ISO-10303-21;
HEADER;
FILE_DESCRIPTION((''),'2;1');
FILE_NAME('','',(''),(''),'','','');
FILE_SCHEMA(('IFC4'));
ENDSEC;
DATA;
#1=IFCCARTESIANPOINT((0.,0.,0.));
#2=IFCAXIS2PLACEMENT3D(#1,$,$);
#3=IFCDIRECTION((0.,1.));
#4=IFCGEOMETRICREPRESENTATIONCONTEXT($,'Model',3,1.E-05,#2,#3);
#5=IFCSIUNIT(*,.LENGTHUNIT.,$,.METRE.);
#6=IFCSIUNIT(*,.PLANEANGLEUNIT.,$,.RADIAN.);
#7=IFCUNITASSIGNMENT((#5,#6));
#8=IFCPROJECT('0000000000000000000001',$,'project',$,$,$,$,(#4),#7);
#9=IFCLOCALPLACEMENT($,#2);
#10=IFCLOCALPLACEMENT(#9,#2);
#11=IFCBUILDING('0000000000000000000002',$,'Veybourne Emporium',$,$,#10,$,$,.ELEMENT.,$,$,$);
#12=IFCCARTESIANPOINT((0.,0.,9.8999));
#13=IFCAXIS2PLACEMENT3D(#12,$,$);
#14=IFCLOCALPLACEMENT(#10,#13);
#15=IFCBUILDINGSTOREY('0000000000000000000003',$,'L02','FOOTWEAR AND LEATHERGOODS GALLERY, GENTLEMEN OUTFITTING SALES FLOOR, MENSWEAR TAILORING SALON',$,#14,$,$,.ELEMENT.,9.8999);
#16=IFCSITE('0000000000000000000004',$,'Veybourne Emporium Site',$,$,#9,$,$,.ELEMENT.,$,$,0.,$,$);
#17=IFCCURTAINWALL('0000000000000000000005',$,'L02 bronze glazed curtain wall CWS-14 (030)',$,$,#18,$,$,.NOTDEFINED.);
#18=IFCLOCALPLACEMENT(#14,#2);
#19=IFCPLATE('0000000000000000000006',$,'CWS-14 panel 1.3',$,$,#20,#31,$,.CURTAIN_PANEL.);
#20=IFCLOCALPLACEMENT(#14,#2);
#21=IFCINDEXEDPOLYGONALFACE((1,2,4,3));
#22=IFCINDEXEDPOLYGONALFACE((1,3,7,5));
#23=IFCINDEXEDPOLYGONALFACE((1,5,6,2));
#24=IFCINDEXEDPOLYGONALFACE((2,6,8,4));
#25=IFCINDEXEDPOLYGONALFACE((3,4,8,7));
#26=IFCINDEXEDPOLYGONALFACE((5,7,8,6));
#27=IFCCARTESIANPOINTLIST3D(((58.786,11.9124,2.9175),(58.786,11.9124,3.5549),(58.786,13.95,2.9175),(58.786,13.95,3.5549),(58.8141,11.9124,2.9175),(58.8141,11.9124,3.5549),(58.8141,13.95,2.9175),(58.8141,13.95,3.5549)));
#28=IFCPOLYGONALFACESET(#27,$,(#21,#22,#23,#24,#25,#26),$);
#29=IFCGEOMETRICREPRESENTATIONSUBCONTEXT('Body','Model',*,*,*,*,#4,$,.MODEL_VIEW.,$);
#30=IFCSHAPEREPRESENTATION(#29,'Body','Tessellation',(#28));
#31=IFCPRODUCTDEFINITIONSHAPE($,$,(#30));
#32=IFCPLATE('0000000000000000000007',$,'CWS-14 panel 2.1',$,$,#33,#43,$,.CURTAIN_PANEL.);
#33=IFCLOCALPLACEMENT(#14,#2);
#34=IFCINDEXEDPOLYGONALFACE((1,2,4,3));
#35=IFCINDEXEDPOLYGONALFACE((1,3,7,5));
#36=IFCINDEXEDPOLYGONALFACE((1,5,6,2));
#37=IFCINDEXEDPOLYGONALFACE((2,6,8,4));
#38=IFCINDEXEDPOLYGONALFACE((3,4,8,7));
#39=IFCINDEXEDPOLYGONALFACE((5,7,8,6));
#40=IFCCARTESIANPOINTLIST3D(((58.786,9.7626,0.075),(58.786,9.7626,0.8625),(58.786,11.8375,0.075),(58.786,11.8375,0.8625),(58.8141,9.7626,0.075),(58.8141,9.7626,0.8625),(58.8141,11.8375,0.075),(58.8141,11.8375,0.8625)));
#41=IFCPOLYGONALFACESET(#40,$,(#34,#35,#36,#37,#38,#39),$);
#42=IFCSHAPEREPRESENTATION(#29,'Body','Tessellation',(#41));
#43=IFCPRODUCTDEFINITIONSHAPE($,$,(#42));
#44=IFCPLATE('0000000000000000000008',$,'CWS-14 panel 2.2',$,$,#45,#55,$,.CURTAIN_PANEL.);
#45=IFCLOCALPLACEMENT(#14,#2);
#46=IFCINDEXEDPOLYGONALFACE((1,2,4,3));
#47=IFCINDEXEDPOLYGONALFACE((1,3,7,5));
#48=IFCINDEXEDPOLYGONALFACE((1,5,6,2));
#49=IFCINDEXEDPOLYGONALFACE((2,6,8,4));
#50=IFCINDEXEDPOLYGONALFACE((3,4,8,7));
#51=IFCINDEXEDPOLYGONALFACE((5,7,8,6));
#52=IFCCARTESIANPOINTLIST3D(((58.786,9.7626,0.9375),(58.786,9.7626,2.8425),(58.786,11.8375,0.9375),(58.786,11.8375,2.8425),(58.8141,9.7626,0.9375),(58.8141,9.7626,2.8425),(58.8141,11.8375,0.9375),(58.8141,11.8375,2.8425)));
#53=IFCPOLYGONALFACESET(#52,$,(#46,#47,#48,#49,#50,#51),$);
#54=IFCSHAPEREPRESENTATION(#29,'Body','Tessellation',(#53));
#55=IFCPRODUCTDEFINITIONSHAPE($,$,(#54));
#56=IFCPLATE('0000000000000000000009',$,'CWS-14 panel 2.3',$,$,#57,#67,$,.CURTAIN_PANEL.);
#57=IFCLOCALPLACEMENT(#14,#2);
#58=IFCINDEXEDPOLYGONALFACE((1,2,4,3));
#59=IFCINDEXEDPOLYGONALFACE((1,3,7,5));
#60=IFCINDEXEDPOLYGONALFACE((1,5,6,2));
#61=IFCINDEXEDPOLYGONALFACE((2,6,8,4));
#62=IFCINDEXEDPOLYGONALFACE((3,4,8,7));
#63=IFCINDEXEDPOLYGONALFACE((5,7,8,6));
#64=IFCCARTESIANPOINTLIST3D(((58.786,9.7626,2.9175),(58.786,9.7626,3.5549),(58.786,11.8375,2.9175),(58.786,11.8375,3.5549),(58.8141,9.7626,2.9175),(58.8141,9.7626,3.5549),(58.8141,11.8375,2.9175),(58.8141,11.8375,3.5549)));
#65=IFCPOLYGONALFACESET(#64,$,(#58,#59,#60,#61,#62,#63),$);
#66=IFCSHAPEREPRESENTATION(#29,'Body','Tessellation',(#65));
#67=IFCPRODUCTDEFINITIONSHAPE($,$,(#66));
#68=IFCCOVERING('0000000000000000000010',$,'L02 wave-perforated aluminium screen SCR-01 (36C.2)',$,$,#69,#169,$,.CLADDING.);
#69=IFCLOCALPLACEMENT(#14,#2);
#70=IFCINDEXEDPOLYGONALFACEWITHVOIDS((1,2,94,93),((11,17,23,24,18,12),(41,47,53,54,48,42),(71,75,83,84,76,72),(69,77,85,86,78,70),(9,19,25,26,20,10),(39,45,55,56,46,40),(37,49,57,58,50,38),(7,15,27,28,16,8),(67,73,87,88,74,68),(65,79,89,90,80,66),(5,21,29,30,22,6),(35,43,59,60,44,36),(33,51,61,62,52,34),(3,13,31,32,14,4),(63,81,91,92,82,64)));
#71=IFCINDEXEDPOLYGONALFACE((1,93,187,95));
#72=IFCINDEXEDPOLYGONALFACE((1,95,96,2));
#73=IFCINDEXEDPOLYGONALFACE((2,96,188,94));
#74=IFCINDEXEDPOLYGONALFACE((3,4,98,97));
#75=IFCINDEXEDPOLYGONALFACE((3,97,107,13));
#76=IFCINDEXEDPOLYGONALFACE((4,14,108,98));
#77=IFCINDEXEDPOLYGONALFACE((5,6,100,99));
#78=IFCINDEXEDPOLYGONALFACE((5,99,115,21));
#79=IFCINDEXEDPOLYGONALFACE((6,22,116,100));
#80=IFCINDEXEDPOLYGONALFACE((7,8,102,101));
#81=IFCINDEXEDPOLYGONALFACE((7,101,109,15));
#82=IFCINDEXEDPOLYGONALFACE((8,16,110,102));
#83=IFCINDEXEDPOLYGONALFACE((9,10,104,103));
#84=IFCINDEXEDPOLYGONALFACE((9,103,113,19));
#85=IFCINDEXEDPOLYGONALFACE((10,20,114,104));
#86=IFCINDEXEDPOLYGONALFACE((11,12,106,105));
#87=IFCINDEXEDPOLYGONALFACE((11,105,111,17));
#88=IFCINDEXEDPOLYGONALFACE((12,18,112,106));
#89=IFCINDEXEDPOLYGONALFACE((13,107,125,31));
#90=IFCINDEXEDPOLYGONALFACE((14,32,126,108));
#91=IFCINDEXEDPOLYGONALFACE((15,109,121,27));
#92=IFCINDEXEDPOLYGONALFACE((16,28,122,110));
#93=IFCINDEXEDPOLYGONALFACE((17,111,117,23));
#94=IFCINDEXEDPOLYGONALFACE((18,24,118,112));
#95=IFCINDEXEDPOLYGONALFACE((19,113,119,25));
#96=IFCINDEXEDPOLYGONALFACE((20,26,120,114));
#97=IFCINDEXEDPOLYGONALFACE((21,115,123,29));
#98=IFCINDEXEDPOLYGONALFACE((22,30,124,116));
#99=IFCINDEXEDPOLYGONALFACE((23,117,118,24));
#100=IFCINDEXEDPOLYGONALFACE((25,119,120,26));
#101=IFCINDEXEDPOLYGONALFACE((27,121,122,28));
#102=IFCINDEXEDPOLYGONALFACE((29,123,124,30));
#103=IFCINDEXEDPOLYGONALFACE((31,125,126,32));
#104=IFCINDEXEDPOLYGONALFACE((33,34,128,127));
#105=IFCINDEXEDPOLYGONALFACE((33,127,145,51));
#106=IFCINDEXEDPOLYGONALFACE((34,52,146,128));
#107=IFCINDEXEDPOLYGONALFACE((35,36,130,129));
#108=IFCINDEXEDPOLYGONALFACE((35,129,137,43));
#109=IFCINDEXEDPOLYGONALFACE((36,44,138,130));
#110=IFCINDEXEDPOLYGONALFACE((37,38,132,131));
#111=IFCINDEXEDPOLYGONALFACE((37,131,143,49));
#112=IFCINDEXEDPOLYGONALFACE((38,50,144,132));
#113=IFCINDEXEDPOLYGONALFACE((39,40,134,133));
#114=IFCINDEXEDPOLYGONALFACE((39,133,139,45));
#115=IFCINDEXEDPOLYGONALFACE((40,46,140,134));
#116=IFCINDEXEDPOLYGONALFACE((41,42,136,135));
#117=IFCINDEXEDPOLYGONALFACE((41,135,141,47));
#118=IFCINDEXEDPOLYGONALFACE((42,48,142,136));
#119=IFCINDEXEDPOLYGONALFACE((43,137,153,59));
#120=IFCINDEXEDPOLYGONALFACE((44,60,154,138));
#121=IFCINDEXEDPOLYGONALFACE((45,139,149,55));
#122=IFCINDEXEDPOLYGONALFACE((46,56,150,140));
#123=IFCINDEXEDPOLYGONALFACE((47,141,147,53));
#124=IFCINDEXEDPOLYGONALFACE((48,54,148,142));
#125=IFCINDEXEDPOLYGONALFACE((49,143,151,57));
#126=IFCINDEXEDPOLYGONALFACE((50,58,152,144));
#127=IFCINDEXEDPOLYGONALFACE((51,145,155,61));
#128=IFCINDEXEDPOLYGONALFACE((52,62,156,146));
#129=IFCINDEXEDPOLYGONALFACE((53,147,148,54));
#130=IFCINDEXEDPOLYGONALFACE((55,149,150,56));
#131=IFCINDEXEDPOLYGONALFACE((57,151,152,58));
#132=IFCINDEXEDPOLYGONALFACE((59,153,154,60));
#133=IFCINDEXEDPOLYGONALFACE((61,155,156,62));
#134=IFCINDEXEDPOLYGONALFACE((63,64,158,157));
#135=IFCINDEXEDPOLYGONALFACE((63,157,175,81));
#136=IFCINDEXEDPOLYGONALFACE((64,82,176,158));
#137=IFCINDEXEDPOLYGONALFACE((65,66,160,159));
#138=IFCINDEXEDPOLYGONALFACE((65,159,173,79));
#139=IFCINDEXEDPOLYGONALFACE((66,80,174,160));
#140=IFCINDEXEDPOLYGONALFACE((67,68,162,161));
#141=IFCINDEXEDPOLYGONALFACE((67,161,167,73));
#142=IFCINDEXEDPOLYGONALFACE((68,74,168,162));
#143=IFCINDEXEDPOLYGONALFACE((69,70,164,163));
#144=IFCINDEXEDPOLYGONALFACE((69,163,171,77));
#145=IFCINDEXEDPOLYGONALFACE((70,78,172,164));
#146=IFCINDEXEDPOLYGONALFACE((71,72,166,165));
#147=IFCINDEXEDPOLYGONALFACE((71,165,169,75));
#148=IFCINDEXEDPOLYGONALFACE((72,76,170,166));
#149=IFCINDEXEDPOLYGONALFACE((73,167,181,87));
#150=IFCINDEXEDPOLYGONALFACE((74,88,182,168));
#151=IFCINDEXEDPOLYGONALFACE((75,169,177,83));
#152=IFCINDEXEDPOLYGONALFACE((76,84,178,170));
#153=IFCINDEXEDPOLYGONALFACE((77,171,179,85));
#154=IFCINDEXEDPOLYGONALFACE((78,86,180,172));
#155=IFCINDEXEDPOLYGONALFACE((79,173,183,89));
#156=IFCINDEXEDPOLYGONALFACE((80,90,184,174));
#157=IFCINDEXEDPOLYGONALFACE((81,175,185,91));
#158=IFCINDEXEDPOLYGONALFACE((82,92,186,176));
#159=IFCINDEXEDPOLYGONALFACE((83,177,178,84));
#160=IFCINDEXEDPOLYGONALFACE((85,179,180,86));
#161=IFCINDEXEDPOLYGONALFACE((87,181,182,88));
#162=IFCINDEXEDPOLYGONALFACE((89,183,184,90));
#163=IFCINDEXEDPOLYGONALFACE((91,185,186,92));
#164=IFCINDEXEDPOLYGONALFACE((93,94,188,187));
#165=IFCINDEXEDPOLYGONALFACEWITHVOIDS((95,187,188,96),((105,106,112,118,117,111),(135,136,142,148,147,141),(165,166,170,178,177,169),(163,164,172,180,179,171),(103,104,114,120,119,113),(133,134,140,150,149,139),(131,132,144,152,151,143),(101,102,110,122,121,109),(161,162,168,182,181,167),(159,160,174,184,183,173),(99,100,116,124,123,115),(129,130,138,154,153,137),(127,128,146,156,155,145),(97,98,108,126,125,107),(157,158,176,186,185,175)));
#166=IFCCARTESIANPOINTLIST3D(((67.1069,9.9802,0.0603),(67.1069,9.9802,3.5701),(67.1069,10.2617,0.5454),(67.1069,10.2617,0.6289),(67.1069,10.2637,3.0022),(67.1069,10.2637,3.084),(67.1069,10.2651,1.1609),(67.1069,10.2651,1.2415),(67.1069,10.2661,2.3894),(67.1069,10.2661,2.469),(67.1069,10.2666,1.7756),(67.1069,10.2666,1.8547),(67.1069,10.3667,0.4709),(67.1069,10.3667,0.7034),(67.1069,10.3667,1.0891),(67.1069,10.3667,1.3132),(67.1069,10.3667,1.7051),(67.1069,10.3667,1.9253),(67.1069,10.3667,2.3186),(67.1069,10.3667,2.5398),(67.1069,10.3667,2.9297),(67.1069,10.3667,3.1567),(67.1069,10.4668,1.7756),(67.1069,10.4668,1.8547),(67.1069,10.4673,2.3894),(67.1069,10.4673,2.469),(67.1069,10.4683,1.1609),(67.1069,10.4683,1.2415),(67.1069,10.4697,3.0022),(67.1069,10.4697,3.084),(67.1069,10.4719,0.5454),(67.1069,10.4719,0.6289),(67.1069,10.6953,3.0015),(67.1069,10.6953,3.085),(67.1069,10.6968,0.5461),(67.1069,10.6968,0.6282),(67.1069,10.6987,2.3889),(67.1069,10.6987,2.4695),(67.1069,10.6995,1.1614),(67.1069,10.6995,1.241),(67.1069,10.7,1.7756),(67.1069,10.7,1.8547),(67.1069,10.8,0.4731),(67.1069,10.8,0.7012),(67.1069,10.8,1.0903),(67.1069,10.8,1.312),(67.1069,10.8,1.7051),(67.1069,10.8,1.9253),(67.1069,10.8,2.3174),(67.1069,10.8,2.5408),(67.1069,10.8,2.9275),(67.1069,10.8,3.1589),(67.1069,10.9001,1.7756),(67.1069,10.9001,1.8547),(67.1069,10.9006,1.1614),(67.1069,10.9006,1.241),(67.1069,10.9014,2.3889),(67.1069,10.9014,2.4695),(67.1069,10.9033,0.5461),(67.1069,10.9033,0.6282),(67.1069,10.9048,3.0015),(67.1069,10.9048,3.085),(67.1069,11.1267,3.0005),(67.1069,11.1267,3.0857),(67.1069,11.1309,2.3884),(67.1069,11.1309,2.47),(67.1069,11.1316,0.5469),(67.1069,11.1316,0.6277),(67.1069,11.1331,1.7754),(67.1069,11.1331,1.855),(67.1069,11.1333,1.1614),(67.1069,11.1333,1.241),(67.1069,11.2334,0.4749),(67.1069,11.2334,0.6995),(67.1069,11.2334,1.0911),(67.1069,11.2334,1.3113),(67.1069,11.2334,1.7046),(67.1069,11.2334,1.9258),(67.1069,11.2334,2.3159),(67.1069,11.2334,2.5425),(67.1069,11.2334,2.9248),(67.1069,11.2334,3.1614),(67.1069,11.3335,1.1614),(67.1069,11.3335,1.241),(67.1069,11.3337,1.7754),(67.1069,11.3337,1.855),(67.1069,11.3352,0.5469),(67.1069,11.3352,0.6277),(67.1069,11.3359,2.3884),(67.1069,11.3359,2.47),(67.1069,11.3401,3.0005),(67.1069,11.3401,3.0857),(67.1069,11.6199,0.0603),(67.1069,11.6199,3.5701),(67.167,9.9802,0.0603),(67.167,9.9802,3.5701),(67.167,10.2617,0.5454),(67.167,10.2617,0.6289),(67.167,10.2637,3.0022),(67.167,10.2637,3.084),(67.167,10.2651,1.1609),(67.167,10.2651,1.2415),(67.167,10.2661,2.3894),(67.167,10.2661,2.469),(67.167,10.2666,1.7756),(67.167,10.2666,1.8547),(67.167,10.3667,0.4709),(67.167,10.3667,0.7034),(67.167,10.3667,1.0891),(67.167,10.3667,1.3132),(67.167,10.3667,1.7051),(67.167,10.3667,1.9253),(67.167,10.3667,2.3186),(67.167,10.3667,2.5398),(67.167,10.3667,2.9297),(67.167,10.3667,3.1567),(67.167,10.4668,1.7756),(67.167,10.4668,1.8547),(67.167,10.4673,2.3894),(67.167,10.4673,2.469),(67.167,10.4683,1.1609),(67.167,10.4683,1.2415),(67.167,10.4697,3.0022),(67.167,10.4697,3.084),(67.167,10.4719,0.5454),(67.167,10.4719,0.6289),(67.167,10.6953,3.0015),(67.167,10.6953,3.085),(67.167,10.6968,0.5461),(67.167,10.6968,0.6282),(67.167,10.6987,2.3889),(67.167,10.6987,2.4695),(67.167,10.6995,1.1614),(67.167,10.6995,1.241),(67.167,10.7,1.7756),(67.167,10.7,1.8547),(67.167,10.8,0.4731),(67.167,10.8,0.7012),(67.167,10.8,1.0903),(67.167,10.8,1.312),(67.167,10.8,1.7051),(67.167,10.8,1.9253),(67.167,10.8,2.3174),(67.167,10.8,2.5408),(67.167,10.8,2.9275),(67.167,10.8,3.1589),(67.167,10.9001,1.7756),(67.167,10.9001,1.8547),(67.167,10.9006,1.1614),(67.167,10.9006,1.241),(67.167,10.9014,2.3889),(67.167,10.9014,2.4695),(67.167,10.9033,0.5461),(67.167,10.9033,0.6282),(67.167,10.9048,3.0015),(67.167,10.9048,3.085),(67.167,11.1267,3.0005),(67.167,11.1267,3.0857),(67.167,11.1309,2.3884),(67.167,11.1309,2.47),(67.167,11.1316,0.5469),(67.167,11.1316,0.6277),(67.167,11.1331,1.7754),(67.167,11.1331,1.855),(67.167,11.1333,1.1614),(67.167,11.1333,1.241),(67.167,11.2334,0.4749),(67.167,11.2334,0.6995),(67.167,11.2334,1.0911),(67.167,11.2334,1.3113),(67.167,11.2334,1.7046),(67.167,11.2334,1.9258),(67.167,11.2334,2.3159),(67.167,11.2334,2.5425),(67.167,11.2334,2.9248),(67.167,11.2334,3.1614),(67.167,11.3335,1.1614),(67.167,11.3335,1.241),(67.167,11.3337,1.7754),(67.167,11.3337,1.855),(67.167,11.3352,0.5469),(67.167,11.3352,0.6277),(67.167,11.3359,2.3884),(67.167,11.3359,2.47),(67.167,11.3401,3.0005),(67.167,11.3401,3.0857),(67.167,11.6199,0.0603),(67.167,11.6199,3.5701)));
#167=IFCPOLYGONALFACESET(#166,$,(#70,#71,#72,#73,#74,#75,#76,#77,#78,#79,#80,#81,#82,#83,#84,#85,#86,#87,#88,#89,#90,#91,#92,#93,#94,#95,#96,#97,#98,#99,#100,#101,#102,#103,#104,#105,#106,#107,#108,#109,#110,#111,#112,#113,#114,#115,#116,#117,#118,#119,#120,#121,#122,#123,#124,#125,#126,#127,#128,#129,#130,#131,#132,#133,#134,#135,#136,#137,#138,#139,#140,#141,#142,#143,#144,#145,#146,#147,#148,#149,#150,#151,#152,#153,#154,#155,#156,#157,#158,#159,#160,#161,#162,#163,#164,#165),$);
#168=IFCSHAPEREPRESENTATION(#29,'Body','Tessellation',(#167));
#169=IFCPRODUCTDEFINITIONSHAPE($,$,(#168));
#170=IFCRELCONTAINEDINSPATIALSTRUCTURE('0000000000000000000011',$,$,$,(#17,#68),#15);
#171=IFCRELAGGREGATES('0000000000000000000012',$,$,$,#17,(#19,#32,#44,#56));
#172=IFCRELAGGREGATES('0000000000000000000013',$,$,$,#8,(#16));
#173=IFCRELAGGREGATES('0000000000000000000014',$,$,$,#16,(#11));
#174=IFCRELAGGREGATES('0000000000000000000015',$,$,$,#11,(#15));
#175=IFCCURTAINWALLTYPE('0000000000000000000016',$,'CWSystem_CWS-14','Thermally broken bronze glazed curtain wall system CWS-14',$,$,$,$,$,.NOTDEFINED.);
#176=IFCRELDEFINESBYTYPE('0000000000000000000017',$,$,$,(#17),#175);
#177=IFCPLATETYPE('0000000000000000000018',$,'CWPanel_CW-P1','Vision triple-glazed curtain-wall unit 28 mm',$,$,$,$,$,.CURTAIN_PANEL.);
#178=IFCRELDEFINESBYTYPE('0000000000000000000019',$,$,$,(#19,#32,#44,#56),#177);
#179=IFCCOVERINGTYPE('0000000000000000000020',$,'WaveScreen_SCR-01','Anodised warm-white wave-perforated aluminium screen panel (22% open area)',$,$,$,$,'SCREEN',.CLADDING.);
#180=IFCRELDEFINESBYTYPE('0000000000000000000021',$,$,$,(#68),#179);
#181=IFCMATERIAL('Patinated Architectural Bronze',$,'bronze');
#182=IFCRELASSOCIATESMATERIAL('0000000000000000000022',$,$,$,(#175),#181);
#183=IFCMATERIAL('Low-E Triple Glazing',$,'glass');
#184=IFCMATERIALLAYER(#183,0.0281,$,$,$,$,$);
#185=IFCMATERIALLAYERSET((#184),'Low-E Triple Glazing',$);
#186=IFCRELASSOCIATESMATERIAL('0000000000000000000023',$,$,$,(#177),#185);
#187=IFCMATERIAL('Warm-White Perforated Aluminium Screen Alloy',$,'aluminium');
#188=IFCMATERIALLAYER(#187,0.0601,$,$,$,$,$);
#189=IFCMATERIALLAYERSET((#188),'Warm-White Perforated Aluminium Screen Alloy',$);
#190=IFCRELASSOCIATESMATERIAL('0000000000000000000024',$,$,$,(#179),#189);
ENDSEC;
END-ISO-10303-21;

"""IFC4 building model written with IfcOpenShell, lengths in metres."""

from ifc_helpers import new_model, si_unit, direction, frame, origin, origin_2d, place, context, subcontext, project, spatial, polyline, rectangle, outline, extrude, material, layer, layer_set, type_object, element, aggregate, save


model = new_model("IFC4")

# Units and contexts
model_context = context("Model", 3, precision=1e-05, world=origin(), true_north=direction((0.0, 1.0)))
body_context = subcontext(model_context, "Body", "Model", "MODEL_VIEW")
ifc_project = project(units=[si_unit("LENGTHUNIT", "METRE"), si_unit("PLANEANGLEUNIT", "RADIAN")], contexts=[model_context])

# Site, building, storey
site_placement = place(None, origin())
site = spatial("IfcSite", under=ifc_project, at=site_placement, Name="Veybourne Emporium Site", CompositionType="ELEMENT", RefElevation=0.0)
building_placement = place(site_placement, origin())
building = spatial("IfcBuilding", under=site, at=building_placement, Name="Veybourne Emporium", CompositionType="ELEMENT")
storey_placement = place(building_placement, frame((0.0, 0.0, 9.8999)))
storey = spatial("IfcBuildingStorey", under=building, at=storey_placement, Name="L02", Description="FOOTWEAR AND LEATHERGOODS GALLERY, GENTLEMEN OUTFITTING SALES FLOOR, MENSWEAR TAILORING SALON", CompositionType="ELEMENT", Elevation=9.8999)

# Curtain wall
ifc_material_1 = material(Name="Patinated Architectural Bronze", Category="bronze")
curtain_wall_type_1 = type_object("IfcCurtainWallType", Name="CWSystem_CWS-14", Description="Thermally broken bronze glazed curtain wall system CWS-14", PredefinedType="NOTDEFINED", material=ifc_material_1)
curtain_wall_1_placement = place(storey_placement, origin())
curtain_wall_1 = element("IfcCurtainWall", 1, at=curtain_wall_1_placement, inside=storey, type_object=curtain_wall_type_1, Name="L02 bronze glazed curtain wall CWS-14 (030)", PredefinedType="NOTDEFINED")

# Plates
ifc_material_2 = material(Name="Low-E Triple Glazing", Category="glass")
ifc_layer_1 = layer(ifc_material_2, 0.0281)
ifc_layer_set_1 = layer_set([ifc_layer_1], Name="Low-E Triple Glazing")
plate_type = type_object("IfcPlateType", Name="CWPanel_CW-P1", Description="Vision triple-glazed curtain-wall unit 28 mm", PredefinedType="CURTAIN_PANEL", material=ifc_layer_set_1)
plate_1_placement = place(storey_placement, frame((58.8, 12.9312, 2.9175), z_axis=(0.0, 0.0, 1.0), x_axis=(0.0, -1.0, 0.0)))
plate_1 = element("IfcPlate", 2, at=plate_1_placement, type_object=plate_type, Name="CWS-14 panel 1.3", PredefinedType="CURTAIN_PANEL", context=body_context, shape_type="SweptSolid", body=[
    extrude(rectangle(XDim=2.0376, YDim=0.0281, at=origin_2d()), origin(), (0.0, 0.0, 1.0), 0.6375),
])
plate_2_placement = place(storey_placement, frame((58.8, 10.8, 0.075), z_axis=(0.0, 0.0, 1.0), x_axis=(0.0, -1.0, 0.0)))
plate_2 = element("IfcPlate", 3, at=plate_2_placement, type_object=plate_type, Name="CWS-14 panel 2.1", PredefinedType="CURTAIN_PANEL", context=body_context, shape_type="SweptSolid", body=[
    extrude(rectangle(XDim=2.075, YDim=0.0281, at=origin_2d()), origin(), (0.0, 0.0, 1.0), 0.7876),
])
plate_3_placement = place(storey_placement, frame((58.8, 10.8, 0.9375), z_axis=(0.0, 0.0, 1.0), x_axis=(0.0, -1.0, 0.0)))
plate_3 = element("IfcPlate", 4, at=plate_3_placement, type_object=plate_type, Name="CWS-14 panel 2.2", PredefinedType="CURTAIN_PANEL", context=body_context, shape_type="SweptSolid", body=[
    extrude(rectangle(XDim=2.075, YDim=0.0281, at=origin_2d()), origin(), (0.0, 0.0, 1.0), 1.905),
])
plate_4_placement = place(storey_placement, frame((58.8, 10.8, 2.9175), z_axis=(0.0, 0.0, 1.0), x_axis=(0.0, -1.0, 0.0)))
plate_4 = element("IfcPlate", 5, at=plate_4_placement, type_object=plate_type, Name="CWS-14 panel 2.3", PredefinedType="CURTAIN_PANEL", context=body_context, shape_type="SweptSolid", body=[
    extrude(rectangle(XDim=2.075, YDim=0.0281, at=origin_2d()), origin(), (0.0, 0.0, 1.0), 0.6375),
])
aggregate(curtain_wall_1, [plate_1, plate_2, plate_3, plate_4])

# Covering
ifc_material_3 = material(Name="Warm-White Perforated Aluminium Screen Alloy", Category="aluminium")
ifc_layer_2 = layer(ifc_material_3, 0.0601)
ifc_layer_set_2 = layer_set([ifc_layer_2], Name="Warm-White Perforated Aluminium Screen Alloy")
covering_type_1 = type_object("IfcCoveringType", Name="WaveScreen_SCR-01", Description="Anodised warm-white wave-perforated aluminium screen panel (22% open area)", ElementType="SCREEN", PredefinedType="CLADDING", material=ifc_layer_set_2)
covering_1_placement = place(storey_placement, frame((67.1069, 10.8, 1.8152), z_axis=(1.0, 0.0, 0.0), x_axis=(0.0, 1.0, 0.0)))
element("IfcCovering", 6, at=covering_1_placement, inside=storey, type_object=covering_type_1, Name="L02 wave-perforated aluminium screen SCR-01 (36C.2)", PredefinedType="CLADDING", context=body_context, shape_type="SweptSolid", body=[
    extrude(outline(polyline([(-0.8198, -1.7549), (0.8198, -1.7549), (0.8198, 1.7549), (-0.8198, 1.7549), (-0.8198, -1.7549)]), holes=[polyline([(-0.4333, -1.1118), (-0.3281, -1.1863), (-0.3281, -1.2698), (-0.4333, -1.3442), (-0.5383, -1.2698), (-0.5383, -1.1863), (-0.4333, -1.1118)]), polyline([(-0.4333, -0.502), (-0.3318, -0.5737), (-0.3318, -0.6543), (-0.4333, -0.7261), (-0.5349, -0.6543), (-0.5349, -0.5737), (-0.4333, -0.502)]), polyline([(-0.4333, 0.1101), (-0.3333, 0.0396), (-0.3333, -0.0396), (-0.4333, -0.1101), (-0.5334, -0.0396), (-0.5334, 0.0396), (-0.4333, 0.1101)]), polyline([(-0.4333, 0.7246), (-0.3328, 0.6538), (-0.3328, 0.5742), (-0.4333, 0.5034), (-0.5339, 0.5742), (-0.5339, 0.6538), (-0.4333, 0.7246)]), polyline([(-0.4333, 1.3416), (-0.3303, 1.2688), (-0.3303, 1.187), (-0.4333, 1.1145), (-0.5364, 1.187), (-0.5364, 1.2688), (-0.4333, 1.3416)]), polyline([(0.0, -1.114), (0.1033, -1.187), (0.1033, -1.269), (0.0, -1.342), (-0.1033, -1.269), (-0.1033, -1.187), (0.0, -1.114)]), polyline([(0.0, -0.5032), (0.1006, -0.5742), (0.1006, -0.6538), (0.0, -0.7249), (-0.1006, -0.6538), (-0.1006, -0.5742), (0.0, -0.5032)]), polyline([(0.0, 0.1101), (0.1001, 0.0396), (0.1001, -0.0396), (0.0, -0.1101), (-0.1001, -0.0396), (-0.1001, 0.0396), (0.0, 0.1101)]), polyline([(0.0, 0.7256), (0.1013, 0.6543), (0.1013, 0.5737), (0.0, 0.5022), (-0.1013, 0.5737), (-0.1013, 0.6543), (0.0, 0.7256)]), polyline([(0.0, 1.3438), (0.1047, 1.2698), (0.1047, 1.1863), (0.0, 1.1123), (-0.1047, 1.1863), (-0.1047, 1.2698), (0.0, 1.3438)]), polyline([(0.4333, -1.1157), (0.5352, -1.1875), (0.5352, -1.2683), (0.4333, -1.3403), (0.3315, -1.2683), (0.3315, -1.1875), (0.4333, -1.1157)]), polyline([(0.4333, -0.5039), (0.5334, -0.5742), (0.5334, -0.6538), (0.4333, -0.7241), (0.3333, -0.6538), (0.3333, -0.5742), (0.4333, -0.5039)]), polyline([(0.4333, 0.1106), (0.5337, 0.0398), (0.5337, -0.0398), (0.4333, -0.1106), (0.333, -0.0398), (0.333, 0.0398), (0.4333, 0.1106)]), polyline([(0.4333, 0.7273), (0.5359, 0.6548), (0.5359, 0.5732), (0.4333, 0.5007), (0.3308, 0.5732), (0.3308, 0.6548), (0.4333, 0.7273)]), polyline([(0.4333, 1.3462), (0.54, 1.2705), (0.54, 1.1853), (0.4333, 1.1096), (0.3267, 1.1853), (0.3267, 1.2705), (0.4333, 1.3462)])]), origin(), (0.0, 0.0, 1.0), 0.0601),
])

save(model, "model.ifc")
